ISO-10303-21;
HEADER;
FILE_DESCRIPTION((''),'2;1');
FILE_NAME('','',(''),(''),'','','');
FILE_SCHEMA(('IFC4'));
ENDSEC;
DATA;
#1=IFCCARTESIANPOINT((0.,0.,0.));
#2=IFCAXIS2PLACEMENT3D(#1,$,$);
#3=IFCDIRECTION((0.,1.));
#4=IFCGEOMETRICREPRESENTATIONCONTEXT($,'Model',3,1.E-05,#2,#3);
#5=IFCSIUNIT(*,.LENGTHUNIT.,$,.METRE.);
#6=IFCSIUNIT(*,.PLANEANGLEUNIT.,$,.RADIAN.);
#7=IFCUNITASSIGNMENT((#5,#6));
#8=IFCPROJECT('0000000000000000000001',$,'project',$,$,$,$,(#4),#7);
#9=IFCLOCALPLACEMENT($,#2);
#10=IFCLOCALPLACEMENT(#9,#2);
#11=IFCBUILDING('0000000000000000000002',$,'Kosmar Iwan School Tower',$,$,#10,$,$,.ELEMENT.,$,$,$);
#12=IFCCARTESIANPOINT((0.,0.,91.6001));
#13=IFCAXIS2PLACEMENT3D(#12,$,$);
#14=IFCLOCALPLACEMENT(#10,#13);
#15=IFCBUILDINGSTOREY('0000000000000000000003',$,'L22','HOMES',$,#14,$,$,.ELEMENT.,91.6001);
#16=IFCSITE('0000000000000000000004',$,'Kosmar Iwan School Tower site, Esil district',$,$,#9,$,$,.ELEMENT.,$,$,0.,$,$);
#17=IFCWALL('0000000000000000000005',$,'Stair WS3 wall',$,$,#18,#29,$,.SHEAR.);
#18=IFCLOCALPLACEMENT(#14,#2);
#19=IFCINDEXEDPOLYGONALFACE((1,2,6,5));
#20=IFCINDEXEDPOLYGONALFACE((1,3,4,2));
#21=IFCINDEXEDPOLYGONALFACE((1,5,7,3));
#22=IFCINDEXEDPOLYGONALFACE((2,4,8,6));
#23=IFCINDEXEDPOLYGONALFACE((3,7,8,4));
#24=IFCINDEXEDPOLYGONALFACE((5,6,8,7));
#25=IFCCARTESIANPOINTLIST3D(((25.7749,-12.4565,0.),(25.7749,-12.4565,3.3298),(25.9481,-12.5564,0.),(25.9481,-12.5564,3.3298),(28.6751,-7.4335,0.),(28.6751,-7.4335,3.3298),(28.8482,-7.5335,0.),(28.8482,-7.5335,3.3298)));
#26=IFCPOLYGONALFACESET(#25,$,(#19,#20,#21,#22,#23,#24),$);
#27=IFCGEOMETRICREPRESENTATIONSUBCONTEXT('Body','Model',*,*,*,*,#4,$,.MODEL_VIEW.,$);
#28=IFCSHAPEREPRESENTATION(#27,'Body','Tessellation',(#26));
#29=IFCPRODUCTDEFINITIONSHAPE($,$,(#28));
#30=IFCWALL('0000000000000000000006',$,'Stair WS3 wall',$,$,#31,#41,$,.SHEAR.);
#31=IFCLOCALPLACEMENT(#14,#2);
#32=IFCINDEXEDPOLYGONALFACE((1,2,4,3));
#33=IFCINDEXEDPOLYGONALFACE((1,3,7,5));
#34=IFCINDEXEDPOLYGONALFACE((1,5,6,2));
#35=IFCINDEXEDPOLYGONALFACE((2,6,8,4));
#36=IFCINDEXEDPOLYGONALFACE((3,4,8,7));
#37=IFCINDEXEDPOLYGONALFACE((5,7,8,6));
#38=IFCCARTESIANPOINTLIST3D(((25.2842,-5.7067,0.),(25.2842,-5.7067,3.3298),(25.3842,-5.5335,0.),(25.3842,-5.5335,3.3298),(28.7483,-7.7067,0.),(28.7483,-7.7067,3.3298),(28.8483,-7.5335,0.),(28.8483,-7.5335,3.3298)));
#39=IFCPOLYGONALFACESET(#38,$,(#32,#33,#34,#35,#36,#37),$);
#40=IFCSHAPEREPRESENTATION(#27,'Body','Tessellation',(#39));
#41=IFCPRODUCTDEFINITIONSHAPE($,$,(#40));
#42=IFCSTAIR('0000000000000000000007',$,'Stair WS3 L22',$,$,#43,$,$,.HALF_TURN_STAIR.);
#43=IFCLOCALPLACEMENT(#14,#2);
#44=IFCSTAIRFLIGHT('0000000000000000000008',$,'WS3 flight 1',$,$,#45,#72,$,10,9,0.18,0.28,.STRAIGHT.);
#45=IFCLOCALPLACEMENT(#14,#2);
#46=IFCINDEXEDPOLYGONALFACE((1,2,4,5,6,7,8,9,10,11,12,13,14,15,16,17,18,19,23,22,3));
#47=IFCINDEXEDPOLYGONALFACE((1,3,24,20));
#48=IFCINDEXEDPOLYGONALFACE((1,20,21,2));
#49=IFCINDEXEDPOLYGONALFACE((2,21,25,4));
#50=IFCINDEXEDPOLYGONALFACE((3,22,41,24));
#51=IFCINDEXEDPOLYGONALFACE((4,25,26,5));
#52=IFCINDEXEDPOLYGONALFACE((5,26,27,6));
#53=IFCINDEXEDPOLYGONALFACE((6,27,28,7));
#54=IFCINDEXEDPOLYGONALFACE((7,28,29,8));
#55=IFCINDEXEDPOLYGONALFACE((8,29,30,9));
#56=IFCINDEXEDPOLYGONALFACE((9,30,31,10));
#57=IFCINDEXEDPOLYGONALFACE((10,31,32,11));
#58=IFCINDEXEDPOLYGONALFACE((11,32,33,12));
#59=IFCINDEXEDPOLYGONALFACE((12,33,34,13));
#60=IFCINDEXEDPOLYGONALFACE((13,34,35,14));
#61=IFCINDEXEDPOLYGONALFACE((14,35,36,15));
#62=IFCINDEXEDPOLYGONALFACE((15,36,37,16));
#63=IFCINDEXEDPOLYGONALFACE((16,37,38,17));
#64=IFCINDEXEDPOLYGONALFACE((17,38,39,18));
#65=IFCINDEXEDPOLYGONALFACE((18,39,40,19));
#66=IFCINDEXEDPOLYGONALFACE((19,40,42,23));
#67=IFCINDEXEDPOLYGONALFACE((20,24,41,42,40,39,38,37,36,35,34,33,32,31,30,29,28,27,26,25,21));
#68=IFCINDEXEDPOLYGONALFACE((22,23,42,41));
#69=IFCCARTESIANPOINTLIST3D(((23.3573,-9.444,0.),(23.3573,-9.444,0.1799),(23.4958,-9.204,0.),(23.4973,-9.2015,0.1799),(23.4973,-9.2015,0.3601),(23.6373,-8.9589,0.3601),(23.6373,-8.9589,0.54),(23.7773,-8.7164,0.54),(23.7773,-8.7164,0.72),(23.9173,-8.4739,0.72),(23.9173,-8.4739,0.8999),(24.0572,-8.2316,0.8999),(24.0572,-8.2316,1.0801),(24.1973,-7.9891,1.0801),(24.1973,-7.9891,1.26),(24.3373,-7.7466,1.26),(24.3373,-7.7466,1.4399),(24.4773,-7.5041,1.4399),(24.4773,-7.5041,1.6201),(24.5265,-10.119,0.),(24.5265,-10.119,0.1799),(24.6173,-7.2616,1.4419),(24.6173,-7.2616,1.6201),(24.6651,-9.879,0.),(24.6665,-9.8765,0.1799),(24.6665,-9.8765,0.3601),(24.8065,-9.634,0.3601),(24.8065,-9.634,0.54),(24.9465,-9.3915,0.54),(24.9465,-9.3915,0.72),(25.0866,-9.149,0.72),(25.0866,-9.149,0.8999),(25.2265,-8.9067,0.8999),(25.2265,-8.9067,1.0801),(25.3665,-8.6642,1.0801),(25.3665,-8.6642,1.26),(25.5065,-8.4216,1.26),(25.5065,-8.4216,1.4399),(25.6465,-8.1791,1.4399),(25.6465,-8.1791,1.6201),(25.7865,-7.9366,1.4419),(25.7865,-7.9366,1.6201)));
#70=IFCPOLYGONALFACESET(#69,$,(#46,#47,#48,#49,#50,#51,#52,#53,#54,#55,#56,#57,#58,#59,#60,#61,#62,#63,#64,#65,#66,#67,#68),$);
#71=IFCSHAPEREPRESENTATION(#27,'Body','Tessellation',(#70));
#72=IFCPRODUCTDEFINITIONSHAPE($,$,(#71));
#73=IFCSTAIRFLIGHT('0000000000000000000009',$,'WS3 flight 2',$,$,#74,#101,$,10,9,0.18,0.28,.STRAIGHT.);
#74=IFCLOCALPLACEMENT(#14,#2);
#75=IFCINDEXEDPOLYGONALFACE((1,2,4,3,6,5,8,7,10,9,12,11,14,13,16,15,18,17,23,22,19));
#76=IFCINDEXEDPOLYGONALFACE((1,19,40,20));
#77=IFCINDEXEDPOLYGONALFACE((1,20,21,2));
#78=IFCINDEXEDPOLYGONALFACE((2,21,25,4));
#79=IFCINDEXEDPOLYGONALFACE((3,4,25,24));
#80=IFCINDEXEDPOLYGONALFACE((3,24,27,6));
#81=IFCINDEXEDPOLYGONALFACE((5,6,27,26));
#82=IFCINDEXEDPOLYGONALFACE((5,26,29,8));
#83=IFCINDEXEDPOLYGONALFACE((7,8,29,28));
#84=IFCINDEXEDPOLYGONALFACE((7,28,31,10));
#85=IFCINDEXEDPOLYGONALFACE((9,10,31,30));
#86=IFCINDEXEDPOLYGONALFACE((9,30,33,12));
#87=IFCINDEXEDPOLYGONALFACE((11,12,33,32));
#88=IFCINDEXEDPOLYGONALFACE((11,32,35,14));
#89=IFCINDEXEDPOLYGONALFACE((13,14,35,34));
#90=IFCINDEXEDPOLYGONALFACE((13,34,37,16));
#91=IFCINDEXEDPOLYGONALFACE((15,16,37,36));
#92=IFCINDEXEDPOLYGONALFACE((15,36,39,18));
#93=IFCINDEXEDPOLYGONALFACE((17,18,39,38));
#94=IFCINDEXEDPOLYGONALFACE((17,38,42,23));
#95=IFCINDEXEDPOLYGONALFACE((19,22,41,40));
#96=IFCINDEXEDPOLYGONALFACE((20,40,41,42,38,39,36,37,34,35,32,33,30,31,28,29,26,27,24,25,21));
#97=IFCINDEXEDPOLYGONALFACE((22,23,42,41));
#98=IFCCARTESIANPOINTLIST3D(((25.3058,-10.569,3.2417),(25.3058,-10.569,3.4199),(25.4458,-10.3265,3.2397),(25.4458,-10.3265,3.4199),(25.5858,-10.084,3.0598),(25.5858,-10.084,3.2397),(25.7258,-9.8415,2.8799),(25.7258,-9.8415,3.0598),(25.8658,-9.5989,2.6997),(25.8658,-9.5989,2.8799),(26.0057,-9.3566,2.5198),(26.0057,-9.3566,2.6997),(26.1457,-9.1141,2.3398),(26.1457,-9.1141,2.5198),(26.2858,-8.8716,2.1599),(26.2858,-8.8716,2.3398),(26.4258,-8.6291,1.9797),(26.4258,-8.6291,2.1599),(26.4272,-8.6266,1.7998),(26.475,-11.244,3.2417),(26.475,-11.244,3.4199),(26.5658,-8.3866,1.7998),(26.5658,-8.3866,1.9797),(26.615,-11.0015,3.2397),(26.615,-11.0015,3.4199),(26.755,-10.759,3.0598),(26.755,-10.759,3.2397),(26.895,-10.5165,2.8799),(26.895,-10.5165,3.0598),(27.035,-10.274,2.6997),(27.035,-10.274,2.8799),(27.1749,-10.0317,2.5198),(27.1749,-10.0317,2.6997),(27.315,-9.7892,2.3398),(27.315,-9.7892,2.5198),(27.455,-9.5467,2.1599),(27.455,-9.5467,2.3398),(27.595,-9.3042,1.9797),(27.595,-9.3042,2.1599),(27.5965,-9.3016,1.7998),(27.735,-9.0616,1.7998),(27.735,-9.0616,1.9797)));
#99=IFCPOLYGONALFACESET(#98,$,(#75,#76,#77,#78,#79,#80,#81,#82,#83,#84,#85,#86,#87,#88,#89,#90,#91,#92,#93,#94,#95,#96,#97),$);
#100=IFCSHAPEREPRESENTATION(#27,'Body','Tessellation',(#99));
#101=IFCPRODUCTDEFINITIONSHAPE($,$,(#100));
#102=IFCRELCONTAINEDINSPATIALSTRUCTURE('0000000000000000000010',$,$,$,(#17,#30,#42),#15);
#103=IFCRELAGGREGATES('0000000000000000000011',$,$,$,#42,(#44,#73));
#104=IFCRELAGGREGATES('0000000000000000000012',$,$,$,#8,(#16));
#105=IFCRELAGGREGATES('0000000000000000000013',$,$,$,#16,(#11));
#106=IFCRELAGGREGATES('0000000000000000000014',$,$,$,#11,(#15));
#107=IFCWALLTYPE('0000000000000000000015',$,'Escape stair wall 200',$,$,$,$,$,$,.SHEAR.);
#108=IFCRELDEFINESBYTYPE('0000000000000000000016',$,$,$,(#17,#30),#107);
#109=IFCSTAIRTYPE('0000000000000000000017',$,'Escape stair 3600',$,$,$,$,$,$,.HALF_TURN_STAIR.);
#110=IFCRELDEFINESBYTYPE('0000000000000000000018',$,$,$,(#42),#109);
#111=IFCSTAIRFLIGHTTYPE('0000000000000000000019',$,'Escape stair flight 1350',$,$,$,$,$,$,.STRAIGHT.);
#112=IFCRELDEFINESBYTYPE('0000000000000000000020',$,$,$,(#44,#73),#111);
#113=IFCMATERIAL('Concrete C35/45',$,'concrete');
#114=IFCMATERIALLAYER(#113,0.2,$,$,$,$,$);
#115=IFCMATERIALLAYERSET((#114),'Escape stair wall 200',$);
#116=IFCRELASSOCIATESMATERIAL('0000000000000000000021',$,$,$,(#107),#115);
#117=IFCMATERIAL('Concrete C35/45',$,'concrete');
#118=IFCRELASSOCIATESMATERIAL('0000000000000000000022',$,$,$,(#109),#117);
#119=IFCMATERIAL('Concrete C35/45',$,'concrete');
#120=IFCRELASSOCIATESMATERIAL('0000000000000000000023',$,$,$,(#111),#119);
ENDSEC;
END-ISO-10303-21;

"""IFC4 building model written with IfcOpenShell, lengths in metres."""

from ifc_helpers import new_model, si_unit, direction, frame, frame_2d, origin, place, context, subcontext, project, spatial, polyline, rectangle, outline, extrude, material, layer, layer_set, type_object, element, aggregate, save


model = new_model("IFC4")

# Units and contexts
model_context = context("Model", 3, precision=1e-05, world=origin(), true_north=direction((0.0, 1.0)))
body_context = subcontext(model_context, "Body", "Model", "MODEL_VIEW")
ifc_project = project(units=[si_unit("LENGTHUNIT", "METRE"), si_unit("PLANEANGLEUNIT", "RADIAN")], contexts=[model_context])

# Site, building, storey
site_placement = place(None, origin())
site = spatial("IfcSite", under=ifc_project, at=site_placement, Name="Kosmar Iwan School Tower site, Esil district", CompositionType="ELEMENT", RefElevation=0.0)
building_placement = place(site_placement, origin())
building = spatial("IfcBuilding", under=site, at=building_placement, Name="Kosmar Iwan School Tower", CompositionType="ELEMENT")
storey_placement = place(building_placement, frame((0.0, 0.0, 91.6001)))
storey = spatial("IfcBuildingStorey", under=building, at=storey_placement, Name="L22", Description="HOMES", CompositionType="ELEMENT", Elevation=91.6001)

# Walls
ifc_material_1 = material(Name="Concrete C35/45", Category="concrete")
ifc_layer_1 = layer(ifc_material_1, 0.2)
ifc_layer_set_1 = layer_set([ifc_layer_1], Name="Escape stair wall 200")
wall_type_1 = type_object("IfcWallType", Name="Escape stair wall 200", PredefinedType="SHEAR", material=ifc_layer_set_1)
for number, where, z_axis, x_axis, name in (
    (1, (25.8616, -12.5063, 0.0), (0.0, 0.0, 1.0), (0.500019, 0.866015, 0.0), "Stair WS3 wall"),
):
    element("IfcWall", number, at=place(storey_placement, frame(where, z_axis=z_axis, x_axis=x_axis)), inside=storey, type_object=wall_type_1, Name=name, PredefinedType="SHEAR", context=body_context, shape_type="SweptSolid", body=[
        extrude(rectangle(XDim=5.8, YDim=0.2, at=frame_2d((2.8999, 0.0))), origin(), (0.0, 0.0, 1.0), 3.3298),
    ])
wall_1_placement = place(storey_placement, frame((25.3342, -5.6201, 0.0), z_axis=(0.0, 0.0, 1.0), x_axis=(0.866026, -0.499999, 0.0)))
element("IfcWall", 2, at=wall_1_placement, inside=storey, type_object=wall_type_1, Name="Stair WS3 wall", PredefinedType="SHEAR", context=body_context, shape_type="SweptSolid", body=[
    extrude(rectangle(XDim=4.0, YDim=0.2, at=frame_2d((2.0, 0.0))), origin(), (0.0, 0.0, 1.0), 3.3298),
])

# Stair, stair flights
ifc_material_2 = material(Name="Concrete C35/45", Category="concrete")
stair_type = type_object("IfcStairType", Name="Escape stair 3600", PredefinedType="HALF_TURN_STAIR", material=ifc_material_2)
stair_placement = place(storey_placement, origin())
stair = element("IfcStair", 3, at=stair_placement, inside=storey, type_object=stair_type, Name="Stair WS3 L22", PredefinedType="HALF_TURN_STAIR")
ifc_material_3 = material(Name="Concrete C35/45", Category="concrete")
stair_flight_type = type_object("IfcStairFlightType", Name="Escape stair flight 1350", PredefinedType="STRAIGHT", material=ifc_material_3)
stair_flight_1_placement = place(storey_placement, frame((23.9419, -9.7815, 0.0), z_axis=(0.0, 0.0, 1.0), x_axis=(0.5, 0.866025, 0.0)))
stair_flight_1 = element("IfcStairFlight", 4, at=stair_flight_1_placement, type_object=stair_flight_type, Name="WS3 flight 1", NumberOfRisers=10, NumberOfTreads=9, PredefinedType="STRAIGHT", RiserHeight=0.18, TreadLength=0.28, context=body_context, shape_type="SweptSolid", body=[
    extrude(outline(polyline([(0.0, 0.0), (0.0, 0.1799), (0.28, 0.1799), (0.28, 0.3601), (0.5601, 0.3601), (0.5601, 0.54), (0.8401, 0.54), (0.8401, 0.72), (1.1201, 0.72), (1.1201, 0.8999), (1.3999, 0.8999), (1.3999, 1.0801), (1.6799, 1.0801), (1.6799, 1.26), (1.96, 1.26), (1.96, 1.4399), (2.24, 1.4399), (2.24, 1.6201), (2.52, 1.6201), (2.52, 1.8), (2.52, 1.4419), (0.2771, 0.0), (0.0, 0.0)])), frame((0.0, 0.675, 0.0), z_axis=(0.0, -1.0, 0.0), x_axis=(1.0, 0.0, 0.0)), (0.0, 0.0, 1.0), 1.3501),
])
stair_flight_2_placement = place(storey_placement, frame((27.1504, -8.7241, 1.7998), z_axis=(0.0, 0.0, 1.0), x_axis=(-0.5, -0.866025, 0.0)))
stair_flight_2 = element("IfcStairFlight", 5, at=stair_flight_2_placement, type_object=stair_flight_type, Name="WS3 flight 2", NumberOfRisers=10, NumberOfTreads=9, PredefinedType="STRAIGHT", RiserHeight=0.18, TreadLength=0.28, context=body_context, shape_type="SweptSolid", body=[
    extrude(outline(polyline([(0.0, 0.0), (0.0, 0.1799), (0.28, 0.1799), (0.28, 0.3601), (0.5601, 0.3601), (0.5601, 0.54), (0.8401, 0.54), (0.8401, 0.72), (1.1201, 0.72), (1.1201, 0.8999), (1.3999, 0.8999), (1.3999, 1.0801), (1.6799, 1.0801), (1.6799, 1.26), (1.96, 1.26), (1.96, 1.4399), (2.24, 1.4399), (2.24, 1.6201), (2.52, 1.6201), (2.52, 1.8), (2.52, 1.4419), (0.2771, 0.0), (0.0, 0.0)])), frame((0.0, 0.675, 0.0), z_axis=(0.0, -1.0, 0.0), x_axis=(1.0, 0.0, 0.0)), (0.0, 0.0, 1.0), 1.3501),
])
aggregate(stair, [stair_flight_1, stair_flight_2])

save(model, "model.ifc")
